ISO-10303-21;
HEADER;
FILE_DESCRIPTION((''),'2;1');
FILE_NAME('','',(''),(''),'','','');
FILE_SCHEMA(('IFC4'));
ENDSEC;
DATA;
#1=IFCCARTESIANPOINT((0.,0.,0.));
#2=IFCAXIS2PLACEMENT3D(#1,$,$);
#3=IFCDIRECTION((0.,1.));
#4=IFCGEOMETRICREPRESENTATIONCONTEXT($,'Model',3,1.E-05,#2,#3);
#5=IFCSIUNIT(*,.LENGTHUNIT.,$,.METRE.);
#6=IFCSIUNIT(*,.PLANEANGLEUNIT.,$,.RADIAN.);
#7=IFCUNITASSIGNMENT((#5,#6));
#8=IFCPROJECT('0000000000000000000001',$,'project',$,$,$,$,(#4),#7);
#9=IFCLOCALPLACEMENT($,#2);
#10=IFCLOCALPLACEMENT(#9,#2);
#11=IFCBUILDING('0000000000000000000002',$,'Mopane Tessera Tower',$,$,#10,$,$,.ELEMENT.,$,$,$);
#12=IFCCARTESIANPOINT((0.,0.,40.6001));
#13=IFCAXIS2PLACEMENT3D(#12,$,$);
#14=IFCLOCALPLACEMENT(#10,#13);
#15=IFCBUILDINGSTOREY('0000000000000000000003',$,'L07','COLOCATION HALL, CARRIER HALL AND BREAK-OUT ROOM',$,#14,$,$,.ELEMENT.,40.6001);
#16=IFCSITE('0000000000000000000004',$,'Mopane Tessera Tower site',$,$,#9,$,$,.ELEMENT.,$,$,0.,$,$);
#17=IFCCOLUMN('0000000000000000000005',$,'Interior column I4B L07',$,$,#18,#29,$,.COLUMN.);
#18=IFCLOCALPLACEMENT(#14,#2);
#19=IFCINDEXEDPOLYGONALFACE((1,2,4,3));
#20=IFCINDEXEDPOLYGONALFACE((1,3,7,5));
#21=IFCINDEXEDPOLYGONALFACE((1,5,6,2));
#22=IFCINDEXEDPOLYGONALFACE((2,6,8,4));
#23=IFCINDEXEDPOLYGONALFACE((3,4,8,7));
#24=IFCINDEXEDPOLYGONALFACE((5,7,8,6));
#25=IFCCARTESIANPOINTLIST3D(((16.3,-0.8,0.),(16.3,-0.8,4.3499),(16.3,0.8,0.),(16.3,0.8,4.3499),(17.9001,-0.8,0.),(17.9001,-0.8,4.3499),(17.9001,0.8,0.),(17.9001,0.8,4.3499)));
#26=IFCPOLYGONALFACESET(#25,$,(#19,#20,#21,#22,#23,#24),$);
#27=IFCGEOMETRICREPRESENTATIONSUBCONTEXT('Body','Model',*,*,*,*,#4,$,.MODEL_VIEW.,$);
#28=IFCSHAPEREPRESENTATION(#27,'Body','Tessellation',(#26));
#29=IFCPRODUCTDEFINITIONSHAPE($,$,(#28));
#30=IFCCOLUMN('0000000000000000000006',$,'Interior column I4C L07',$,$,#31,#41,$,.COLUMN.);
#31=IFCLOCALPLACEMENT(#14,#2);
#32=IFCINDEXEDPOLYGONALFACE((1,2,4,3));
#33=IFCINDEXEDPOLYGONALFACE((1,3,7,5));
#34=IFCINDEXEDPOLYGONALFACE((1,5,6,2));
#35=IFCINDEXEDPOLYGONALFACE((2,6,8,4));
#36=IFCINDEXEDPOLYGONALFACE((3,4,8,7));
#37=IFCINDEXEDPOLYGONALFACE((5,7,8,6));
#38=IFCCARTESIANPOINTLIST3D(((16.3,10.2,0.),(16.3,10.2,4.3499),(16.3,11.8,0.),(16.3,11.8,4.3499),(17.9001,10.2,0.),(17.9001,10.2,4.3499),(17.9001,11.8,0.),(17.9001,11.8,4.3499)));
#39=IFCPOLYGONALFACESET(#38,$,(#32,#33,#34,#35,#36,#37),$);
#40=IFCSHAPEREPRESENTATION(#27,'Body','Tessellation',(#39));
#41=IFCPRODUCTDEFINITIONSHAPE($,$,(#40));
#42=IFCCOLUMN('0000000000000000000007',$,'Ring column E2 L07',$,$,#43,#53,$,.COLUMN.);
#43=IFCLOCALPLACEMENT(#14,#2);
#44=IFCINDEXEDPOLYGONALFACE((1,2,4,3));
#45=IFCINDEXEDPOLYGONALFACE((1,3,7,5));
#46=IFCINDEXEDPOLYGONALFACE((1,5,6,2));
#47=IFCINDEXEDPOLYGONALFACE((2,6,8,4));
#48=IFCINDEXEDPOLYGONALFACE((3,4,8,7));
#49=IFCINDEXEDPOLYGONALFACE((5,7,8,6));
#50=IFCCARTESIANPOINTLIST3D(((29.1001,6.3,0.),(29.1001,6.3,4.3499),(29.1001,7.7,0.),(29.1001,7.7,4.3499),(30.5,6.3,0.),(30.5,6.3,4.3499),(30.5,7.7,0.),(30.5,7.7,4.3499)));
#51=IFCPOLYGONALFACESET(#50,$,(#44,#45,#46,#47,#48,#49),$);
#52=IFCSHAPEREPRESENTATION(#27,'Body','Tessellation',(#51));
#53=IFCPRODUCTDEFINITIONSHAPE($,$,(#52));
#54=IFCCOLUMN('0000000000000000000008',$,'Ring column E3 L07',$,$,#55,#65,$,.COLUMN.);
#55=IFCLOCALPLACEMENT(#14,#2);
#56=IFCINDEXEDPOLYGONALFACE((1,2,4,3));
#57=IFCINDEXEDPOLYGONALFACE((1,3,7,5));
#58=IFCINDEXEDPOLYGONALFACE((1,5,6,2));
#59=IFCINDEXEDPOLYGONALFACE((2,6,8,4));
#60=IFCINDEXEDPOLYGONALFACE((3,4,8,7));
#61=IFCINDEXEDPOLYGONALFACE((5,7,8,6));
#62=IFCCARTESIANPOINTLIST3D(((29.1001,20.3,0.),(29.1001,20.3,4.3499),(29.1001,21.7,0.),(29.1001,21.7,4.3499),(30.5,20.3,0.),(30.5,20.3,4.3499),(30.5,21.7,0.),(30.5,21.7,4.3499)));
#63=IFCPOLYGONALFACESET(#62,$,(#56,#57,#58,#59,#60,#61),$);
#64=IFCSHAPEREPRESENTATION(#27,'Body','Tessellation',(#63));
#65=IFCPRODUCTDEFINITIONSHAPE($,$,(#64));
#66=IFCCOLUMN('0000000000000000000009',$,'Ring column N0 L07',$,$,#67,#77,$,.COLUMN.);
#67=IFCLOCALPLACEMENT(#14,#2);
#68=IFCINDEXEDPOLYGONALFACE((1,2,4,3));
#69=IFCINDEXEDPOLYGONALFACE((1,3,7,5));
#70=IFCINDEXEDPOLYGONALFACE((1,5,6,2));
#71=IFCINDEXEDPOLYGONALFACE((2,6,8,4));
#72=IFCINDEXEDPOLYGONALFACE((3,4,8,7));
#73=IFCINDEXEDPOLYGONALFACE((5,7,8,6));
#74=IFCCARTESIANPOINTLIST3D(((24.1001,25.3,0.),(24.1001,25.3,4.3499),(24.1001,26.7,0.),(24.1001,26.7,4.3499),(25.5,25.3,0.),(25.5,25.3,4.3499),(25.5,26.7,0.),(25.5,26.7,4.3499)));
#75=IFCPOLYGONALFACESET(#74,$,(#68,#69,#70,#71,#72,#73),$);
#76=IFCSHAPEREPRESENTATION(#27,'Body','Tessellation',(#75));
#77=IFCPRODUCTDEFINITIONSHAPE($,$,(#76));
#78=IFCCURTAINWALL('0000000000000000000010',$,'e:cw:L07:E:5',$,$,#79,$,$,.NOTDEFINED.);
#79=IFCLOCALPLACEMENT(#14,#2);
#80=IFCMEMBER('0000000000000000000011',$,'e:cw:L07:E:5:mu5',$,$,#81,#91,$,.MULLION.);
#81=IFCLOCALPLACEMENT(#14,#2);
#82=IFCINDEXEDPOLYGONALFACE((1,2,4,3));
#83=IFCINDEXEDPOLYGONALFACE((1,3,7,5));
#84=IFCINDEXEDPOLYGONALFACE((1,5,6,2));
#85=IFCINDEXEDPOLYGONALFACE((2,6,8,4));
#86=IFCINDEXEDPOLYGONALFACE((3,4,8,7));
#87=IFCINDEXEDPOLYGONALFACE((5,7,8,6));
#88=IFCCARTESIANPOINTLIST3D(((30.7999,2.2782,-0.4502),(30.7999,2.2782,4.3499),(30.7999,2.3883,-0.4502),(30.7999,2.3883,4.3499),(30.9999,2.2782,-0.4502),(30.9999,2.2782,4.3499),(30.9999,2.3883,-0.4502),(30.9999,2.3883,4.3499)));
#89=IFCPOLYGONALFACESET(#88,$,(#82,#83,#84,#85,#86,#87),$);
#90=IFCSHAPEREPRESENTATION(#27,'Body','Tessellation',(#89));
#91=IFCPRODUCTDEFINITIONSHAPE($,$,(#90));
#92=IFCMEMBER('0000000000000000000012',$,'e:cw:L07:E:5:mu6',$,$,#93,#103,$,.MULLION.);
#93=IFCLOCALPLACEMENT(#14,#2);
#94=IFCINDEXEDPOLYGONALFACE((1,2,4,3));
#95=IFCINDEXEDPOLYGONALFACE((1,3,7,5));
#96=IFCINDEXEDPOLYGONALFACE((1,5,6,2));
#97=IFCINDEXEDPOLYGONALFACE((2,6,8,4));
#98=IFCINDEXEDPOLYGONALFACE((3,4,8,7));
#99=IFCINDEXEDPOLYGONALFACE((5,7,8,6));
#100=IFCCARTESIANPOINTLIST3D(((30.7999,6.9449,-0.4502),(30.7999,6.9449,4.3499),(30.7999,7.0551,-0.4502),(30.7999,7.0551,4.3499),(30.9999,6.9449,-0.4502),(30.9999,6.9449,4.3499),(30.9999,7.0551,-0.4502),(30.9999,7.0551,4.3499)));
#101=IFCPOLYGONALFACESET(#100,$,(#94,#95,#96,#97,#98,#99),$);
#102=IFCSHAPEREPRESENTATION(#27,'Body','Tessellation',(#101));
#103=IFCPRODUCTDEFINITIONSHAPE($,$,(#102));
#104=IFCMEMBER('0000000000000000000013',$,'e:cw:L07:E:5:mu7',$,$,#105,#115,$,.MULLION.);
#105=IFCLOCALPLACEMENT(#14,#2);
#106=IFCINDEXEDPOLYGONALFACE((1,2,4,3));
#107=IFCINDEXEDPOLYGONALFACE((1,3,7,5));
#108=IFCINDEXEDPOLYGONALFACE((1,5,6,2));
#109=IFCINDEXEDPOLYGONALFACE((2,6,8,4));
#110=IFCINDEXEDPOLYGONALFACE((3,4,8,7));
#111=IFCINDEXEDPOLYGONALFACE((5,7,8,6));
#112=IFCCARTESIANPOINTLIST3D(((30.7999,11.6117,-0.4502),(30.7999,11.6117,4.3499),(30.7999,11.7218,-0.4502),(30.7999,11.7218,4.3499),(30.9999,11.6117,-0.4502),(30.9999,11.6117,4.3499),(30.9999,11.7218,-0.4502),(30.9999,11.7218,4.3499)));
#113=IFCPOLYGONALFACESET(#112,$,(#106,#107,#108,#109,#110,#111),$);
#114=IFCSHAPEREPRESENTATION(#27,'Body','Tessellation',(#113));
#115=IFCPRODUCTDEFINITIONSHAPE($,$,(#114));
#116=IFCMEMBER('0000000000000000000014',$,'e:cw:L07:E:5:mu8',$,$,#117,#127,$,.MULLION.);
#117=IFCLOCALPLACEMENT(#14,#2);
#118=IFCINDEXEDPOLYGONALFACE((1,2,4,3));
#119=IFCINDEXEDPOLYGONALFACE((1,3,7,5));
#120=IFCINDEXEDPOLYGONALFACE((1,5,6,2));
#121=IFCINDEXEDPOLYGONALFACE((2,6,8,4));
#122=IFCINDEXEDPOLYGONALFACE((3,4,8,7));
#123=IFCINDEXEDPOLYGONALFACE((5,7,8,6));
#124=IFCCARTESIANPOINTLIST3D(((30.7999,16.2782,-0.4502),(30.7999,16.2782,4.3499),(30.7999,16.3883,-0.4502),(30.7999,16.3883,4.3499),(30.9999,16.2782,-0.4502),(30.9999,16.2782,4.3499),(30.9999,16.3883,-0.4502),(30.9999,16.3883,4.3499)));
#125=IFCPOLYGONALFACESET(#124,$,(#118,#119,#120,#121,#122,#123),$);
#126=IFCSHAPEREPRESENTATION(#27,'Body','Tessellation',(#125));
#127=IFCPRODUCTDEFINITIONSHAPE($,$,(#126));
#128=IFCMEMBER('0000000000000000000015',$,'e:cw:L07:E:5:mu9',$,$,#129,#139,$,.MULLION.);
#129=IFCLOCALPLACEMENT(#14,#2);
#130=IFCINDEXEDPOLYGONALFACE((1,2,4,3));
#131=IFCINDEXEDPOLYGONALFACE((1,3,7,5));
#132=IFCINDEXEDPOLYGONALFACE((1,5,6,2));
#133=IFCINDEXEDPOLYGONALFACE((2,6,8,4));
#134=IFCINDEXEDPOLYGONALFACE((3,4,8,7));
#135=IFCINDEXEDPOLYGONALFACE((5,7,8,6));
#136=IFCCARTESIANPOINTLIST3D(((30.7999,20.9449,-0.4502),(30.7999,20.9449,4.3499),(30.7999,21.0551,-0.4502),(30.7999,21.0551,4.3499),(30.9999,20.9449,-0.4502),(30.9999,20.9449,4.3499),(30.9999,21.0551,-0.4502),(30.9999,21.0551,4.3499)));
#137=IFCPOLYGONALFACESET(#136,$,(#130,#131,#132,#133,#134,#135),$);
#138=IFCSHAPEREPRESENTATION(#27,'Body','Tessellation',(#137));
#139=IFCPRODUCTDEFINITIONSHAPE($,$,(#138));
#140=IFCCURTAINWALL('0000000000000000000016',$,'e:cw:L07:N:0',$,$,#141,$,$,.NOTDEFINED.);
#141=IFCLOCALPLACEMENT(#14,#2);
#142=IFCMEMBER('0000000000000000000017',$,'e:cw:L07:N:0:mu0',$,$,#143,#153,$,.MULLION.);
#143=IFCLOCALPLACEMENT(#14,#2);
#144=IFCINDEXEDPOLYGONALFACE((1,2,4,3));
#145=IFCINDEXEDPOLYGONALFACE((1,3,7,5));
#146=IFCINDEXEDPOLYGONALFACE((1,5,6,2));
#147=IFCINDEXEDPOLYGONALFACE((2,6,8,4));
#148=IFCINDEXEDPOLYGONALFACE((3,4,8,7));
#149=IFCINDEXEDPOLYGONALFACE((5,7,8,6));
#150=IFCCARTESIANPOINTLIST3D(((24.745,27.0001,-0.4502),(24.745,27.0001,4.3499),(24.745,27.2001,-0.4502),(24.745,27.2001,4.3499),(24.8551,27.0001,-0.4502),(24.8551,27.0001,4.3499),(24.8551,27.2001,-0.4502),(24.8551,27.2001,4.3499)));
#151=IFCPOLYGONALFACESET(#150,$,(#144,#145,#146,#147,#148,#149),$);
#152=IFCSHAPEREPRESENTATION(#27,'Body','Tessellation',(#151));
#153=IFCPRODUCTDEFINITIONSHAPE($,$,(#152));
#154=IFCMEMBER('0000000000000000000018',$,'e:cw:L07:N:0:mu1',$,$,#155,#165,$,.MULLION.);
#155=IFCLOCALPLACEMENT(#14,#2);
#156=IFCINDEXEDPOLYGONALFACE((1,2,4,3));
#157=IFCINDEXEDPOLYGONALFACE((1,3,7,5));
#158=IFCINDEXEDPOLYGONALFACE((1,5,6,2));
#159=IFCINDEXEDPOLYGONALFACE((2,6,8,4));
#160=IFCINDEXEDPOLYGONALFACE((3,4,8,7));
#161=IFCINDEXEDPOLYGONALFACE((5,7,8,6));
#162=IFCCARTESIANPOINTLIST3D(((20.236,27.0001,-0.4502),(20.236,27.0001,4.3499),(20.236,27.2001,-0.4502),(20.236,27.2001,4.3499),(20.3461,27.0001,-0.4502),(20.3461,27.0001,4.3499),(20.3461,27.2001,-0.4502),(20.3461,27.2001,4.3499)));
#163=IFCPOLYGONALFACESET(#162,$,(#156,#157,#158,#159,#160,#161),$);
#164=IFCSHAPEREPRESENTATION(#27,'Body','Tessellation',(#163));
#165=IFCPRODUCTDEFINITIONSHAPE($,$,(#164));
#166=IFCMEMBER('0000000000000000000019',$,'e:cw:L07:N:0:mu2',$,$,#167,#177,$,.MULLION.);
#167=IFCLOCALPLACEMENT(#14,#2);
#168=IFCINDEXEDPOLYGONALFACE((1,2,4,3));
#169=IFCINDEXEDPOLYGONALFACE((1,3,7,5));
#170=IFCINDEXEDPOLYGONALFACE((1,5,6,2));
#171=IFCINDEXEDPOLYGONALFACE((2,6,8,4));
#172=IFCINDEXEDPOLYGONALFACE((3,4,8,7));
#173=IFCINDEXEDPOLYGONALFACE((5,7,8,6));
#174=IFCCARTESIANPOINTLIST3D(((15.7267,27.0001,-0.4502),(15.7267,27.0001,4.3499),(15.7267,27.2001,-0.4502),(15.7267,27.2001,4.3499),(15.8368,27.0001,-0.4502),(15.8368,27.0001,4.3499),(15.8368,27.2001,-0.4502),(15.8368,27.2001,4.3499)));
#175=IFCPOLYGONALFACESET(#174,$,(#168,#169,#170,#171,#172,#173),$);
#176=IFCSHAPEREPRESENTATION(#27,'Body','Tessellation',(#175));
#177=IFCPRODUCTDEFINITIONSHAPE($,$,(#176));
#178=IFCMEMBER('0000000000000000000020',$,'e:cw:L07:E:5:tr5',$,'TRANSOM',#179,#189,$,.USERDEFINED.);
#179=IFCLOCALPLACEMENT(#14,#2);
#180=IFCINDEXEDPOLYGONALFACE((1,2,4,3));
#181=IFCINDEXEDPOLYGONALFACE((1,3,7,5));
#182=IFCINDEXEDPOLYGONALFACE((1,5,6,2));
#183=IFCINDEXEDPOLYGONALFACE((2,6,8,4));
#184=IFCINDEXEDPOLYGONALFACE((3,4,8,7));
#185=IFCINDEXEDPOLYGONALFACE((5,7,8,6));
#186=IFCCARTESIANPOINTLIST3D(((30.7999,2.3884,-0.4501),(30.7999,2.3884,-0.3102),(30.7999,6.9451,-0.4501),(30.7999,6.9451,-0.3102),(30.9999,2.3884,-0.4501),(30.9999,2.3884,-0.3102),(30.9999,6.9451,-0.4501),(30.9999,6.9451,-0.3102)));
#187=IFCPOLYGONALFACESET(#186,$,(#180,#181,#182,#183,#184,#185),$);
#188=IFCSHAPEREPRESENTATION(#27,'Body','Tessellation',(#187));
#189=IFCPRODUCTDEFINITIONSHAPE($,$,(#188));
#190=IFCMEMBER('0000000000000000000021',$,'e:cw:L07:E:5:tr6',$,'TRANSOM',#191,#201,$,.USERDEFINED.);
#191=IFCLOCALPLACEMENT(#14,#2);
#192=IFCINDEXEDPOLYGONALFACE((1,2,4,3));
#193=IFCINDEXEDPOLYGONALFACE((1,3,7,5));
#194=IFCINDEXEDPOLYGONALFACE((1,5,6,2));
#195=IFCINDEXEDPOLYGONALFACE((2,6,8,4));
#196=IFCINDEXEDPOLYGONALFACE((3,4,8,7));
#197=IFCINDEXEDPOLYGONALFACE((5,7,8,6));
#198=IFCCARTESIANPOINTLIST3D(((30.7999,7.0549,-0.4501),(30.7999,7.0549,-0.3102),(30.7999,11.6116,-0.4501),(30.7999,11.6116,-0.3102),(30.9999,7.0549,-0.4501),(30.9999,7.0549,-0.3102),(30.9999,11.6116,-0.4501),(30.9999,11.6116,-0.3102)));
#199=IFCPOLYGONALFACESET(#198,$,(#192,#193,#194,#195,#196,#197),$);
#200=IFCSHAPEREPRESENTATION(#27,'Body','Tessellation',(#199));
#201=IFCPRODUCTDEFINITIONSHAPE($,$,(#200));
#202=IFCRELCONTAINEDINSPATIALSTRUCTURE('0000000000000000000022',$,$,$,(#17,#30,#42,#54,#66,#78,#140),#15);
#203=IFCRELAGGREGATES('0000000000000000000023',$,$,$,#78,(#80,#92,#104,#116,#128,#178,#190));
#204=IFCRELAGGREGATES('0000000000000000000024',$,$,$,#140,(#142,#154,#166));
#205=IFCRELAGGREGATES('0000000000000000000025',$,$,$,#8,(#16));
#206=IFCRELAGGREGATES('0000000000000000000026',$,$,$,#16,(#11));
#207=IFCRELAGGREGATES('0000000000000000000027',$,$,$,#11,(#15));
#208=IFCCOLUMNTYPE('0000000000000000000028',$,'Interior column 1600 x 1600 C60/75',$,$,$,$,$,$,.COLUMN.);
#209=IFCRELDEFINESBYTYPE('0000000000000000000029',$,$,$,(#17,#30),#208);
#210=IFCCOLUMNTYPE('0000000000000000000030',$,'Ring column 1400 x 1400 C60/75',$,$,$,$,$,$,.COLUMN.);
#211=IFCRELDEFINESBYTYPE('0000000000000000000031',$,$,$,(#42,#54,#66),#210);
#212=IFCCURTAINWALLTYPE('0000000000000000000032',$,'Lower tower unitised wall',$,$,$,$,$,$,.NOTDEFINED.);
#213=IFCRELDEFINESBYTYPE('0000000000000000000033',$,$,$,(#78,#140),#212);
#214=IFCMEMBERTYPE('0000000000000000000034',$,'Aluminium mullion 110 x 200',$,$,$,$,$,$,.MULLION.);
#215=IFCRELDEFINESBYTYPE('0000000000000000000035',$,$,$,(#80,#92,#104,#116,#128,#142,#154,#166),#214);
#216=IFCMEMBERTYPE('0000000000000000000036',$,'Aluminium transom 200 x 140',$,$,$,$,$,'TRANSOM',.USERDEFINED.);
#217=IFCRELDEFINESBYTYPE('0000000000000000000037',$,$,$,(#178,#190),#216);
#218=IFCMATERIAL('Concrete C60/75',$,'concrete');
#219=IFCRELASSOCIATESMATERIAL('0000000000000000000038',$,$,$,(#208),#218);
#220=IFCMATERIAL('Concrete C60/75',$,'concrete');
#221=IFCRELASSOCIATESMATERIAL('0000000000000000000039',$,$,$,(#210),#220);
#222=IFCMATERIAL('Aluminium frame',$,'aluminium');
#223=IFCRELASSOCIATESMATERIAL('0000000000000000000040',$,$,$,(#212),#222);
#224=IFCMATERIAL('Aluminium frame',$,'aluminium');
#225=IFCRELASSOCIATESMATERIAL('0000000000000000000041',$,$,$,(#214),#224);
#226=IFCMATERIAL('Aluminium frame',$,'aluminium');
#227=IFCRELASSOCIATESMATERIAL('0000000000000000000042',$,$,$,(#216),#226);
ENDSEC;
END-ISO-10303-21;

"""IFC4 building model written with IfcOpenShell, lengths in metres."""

from ifc_helpers import new_model, si_unit, direction, frame, origin, origin_2d, place, context, subcontext, project, spatial, rectangle, extrude, material, material_profile, profile_set, type_object, element, aggregate, save


model = new_model("IFC4")

# Units and contexts
model_context = context("Model", 3, precision=1e-05, world=origin(), true_north=direction((0.0, 1.0)))
body_context = subcontext(model_context, "Body", "Model", "MODEL_VIEW")
ifc_project = project(units=[si_unit("LENGTHUNIT", "METRE"), si_unit("PLANEANGLEUNIT", "RADIAN")], contexts=[model_context])

# Site, building, storey
site_placement = place(None, origin())
site = spatial("IfcSite", under=ifc_project, at=site_placement, Name="Mopane Tessera Tower site", CompositionType="ELEMENT", RefElevation=0.0)
building_placement = place(site_placement, origin())
building = spatial("IfcBuilding", under=site, at=building_placement, Name="Mopane Tessera Tower", CompositionType="ELEMENT")
storey_placement = place(building_placement, frame((0.0, 0.0, 40.6001)))
storey = spatial("IfcBuildingStorey", under=building, at=storey_placement, Name="L07", Description="COLOCATION HALL, CARRIER HALL AND BREAK-OUT ROOM", CompositionType="ELEMENT", Elevation=40.6001)

# Columns
ifc_material_1 = material(Name="Concrete C60/75", Category="concrete")
ifc_material_profile_1 = material_profile(ifc_material_1, rectangle(XDim=1.6001, YDim=1.6001, at=origin_2d()))
ifc_profile_set_1 = profile_set([ifc_material_profile_1], Name="Concrete C60/75")
column_type_1 = type_object("IfcColumnType", Name="Interior column 1600 x 1600 C60/75", PredefinedType="COLUMN", material=ifc_profile_set_1)
for number, where, z_axis, x_axis, name in (
    (1, (17.1001, 0.0, 0.0), (0.0, 0.0, 1.0), (1.0, 0.0, 0.0), "Interior column I4B L07"),
    (2, (17.1001, 11.0, 0.0), (0.0, 0.0, 1.0), (1.0, 0.0, 0.0), "Interior column I4C L07"),
):
    element("IfcColumn", number, at=place(storey_placement, frame(where, z_axis=z_axis, x_axis=x_axis)), inside=storey, type_object=column_type_1, Name=name, PredefinedType="COLUMN", context=body_context, shape_type="SweptSolid", body=[
        extrude(rectangle(XDim=1.6001, YDim=1.6001, at=origin_2d()), origin(), (0.0, 0.0, 1.0), 4.3499),
    ])
ifc_material_2 = material(Name="Concrete C60/75", Category="concrete")
ifc_material_profile_2 = material_profile(ifc_material_2, rectangle(XDim=1.3999, YDim=1.3999, at=origin_2d()))
ifc_profile_set_2 = profile_set([ifc_material_profile_2], Name="Concrete C60/75")
column_type_2 = type_object("IfcColumnType", Name="Ring column 1400 x 1400 C60/75", PredefinedType="COLUMN", material=ifc_profile_set_2)
for number, where, z_axis, x_axis, name in (
    (3, (29.8, 7.0, 0.0), (0.0, 0.0, 1.0), (1.0, 0.0, 0.0), "Ring column E2 L07"),
    (4, (29.8, 21.0, 0.0), (0.0, 0.0, 1.0), (1.0, 0.0, 0.0), "Ring column E3 L07"),
    (5, (24.8, 26.0, 0.0), (0.0, 0.0, 1.0), (1.0, 0.0, 0.0), "Ring column N0 L07"),
):
    element("IfcColumn", number, at=place(storey_placement, frame(where, z_axis=z_axis, x_axis=x_axis)), inside=storey, type_object=column_type_2, Name=name, PredefinedType="COLUMN", context=body_context, shape_type="SweptSolid", body=[
        extrude(rectangle(XDim=1.3999, YDim=1.3999, at=origin_2d()), origin(), (0.0, 0.0, 1.0), 4.3499),
    ])

# Curtain walls, members
ifc_material_3 = material(Name="Aluminium frame", Category="aluminium")
curtain_wall_type = type_object("IfcCurtainWallType", Name="Lower tower unitised wall", PredefinedType="NOTDEFINED", material=ifc_material_3)
curtain_wall_1_placement = place(storey_placement, origin())
curtain_wall_1 = element("IfcCurtainWall", 6, at=curtain_wall_1_placement, inside=storey, type_object=curtain_wall_type, Name="e:cw:L07:E:5", PredefinedType="NOTDEFINED")
ifc_material_4 = material(Name="Aluminium frame", Category="aluminium")
ifc_material_profile_3 = material_profile(ifc_material_4, rectangle(XDim=0.1101, YDim=0.2, at=origin_2d()))
ifc_profile_set_3 = profile_set([ifc_material_profile_3], Name="Aluminium frame")
member_type_1 = type_object("IfcMemberType", Name="Aluminium mullion 110 x 200", PredefinedType="MULLION", material=ifc_profile_set_3)
member_1_placement = place(storey_placement, frame((30.8999, 2.3333, -0.4502), z_axis=(0.0, 0.0, 1.0), x_axis=(0.0, 1.0, 0.0)))
member_1 = element("IfcMember", 7, at=member_1_placement, type_object=member_type_1, Name="e:cw:L07:E:5:mu5", PredefinedType="MULLION", context=body_context, shape_type="SweptSolid", body=[
    extrude(rectangle(XDim=0.1101, YDim=0.2, at=origin_2d()), origin(), (0.0, 0.0, 1.0), 4.8),
])
member_2_placement = place(storey_placement, frame((30.8999, 7.0, -0.4502), z_axis=(0.0, 0.0, 1.0), x_axis=(0.0, 1.0, 0.0)))
member_2 = element("IfcMember", 8, at=member_2_placement, type_object=member_type_1, Name="e:cw:L07:E:5:mu6", PredefinedType="MULLION", context=body_context, shape_type="SweptSolid", body=[
    extrude(rectangle(XDim=0.1101, YDim=0.2, at=origin_2d()), origin(), (0.0, 0.0, 1.0), 4.8),
])
member_3_placement = place(storey_placement, frame((30.8999, 11.6667, -0.4502), z_axis=(0.0, 0.0, 1.0), x_axis=(0.0, 1.0, 0.0)))
member_3 = element("IfcMember", 9, at=member_3_placement, type_object=member_type_1, Name="e:cw:L07:E:5:mu7", PredefinedType="MULLION", context=body_context, shape_type="SweptSolid", body=[
    extrude(rectangle(XDim=0.1101, YDim=0.2, at=origin_2d()), origin(), (0.0, 0.0, 1.0), 4.8),
])
member_4_placement = place(storey_placement, frame((30.8999, 16.3333, -0.4502), z_axis=(0.0, 0.0, 1.0), x_axis=(0.0, 1.0, 0.0)))
member_4 = element("IfcMember", 10, at=member_4_placement, type_object=member_type_1, Name="e:cw:L07:E:5:mu8", PredefinedType="MULLION", context=body_context, shape_type="SweptSolid", body=[
    extrude(rectangle(XDim=0.1101, YDim=0.2, at=origin_2d()), origin(), (0.0, 0.0, 1.0), 4.8),
])
member_5_placement = place(storey_placement, frame((30.8999, 21.0, -0.4502), z_axis=(0.0, 0.0, 1.0), x_axis=(0.0, 1.0, 0.0)))
member_5 = element("IfcMember", 11, at=member_5_placement, type_object=member_type_1, Name="e:cw:L07:E:5:mu9", PredefinedType="MULLION", context=body_context, shape_type="SweptSolid", body=[
    extrude(rectangle(XDim=0.1101, YDim=0.2, at=origin_2d()), origin(), (0.0, 0.0, 1.0), 4.8),
])
curtain_wall_2_placement = place(storey_placement, origin())
curtain_wall_2 = element("IfcCurtainWall", 12, at=curtain_wall_2_placement, inside=storey, type_object=curtain_wall_type, Name="e:cw:L07:N:0", PredefinedType="NOTDEFINED")
member_6_placement = place(storey_placement, frame((24.8, 27.1001, -0.4502), z_axis=(0.0, 0.0, 1.0), x_axis=(-1.0, 0.0, 0.0)))
member_6 = element("IfcMember", 13, at=member_6_placement, type_object=member_type_1, Name="e:cw:L07:N:0:mu0", PredefinedType="MULLION", context=body_context, shape_type="SweptSolid", body=[
    extrude(rectangle(XDim=0.1101, YDim=0.2, at=origin_2d()), origin(), (0.0, 0.0, 1.0), 4.8),
])
member_7_placement = place(storey_placement, frame((20.291, 27.1001, -0.4502), z_axis=(0.0, 0.0, 1.0), x_axis=(-1.0, 0.0, 0.0)))
member_7 = element("IfcMember", 14, at=member_7_placement, type_object=member_type_1, Name="e:cw:L07:N:0:mu1", PredefinedType="MULLION", context=body_context, shape_type="SweptSolid", body=[
    extrude(rectangle(XDim=0.1101, YDim=0.2, at=origin_2d()), origin(), (0.0, 0.0, 1.0), 4.8),
])
member_8_placement = place(storey_placement, frame((15.7817, 27.1001, -0.4502), z_axis=(0.0, 0.0, 1.0), x_axis=(-1.0, 0.0, 0.0)))
member_8 = element("IfcMember", 15, at=member_8_placement, type_object=member_type_1, Name="e:cw:L07:N:0:mu2", PredefinedType="MULLION", context=body_context, shape_type="SweptSolid", body=[
    extrude(rectangle(XDim=0.1101, YDim=0.2, at=origin_2d()), origin(), (0.0, 0.0, 1.0), 4.8),
])

# Members
ifc_material_5 = material(Name="Aluminium frame", Category="aluminium")
ifc_material_profile_4 = material_profile(ifc_material_5, rectangle(XDim=0.2, YDim=0.1399, at=origin_2d()))
ifc_profile_set_4 = profile_set([ifc_material_profile_4], Name="Aluminium frame")
member_type_2 = type_object("IfcMemberType", Name="Aluminium transom 200 x 140", ElementType="TRANSOM", PredefinedType="USERDEFINED", material=ifc_profile_set_4)
member_9_placement = place(storey_placement, frame((30.8999, 2.3884, -0.3801), z_axis=(0.0, 1.0, 0.0), x_axis=(-1.0, 0.0, 0.0)))
member_9 = element("IfcMember", 16, at=member_9_placement, type_object=member_type_2, Name="e:cw:L07:E:5:tr5", ObjectType="TRANSOM", PredefinedType="USERDEFINED", context=body_context, shape_type="SweptSolid", body=[
    extrude(rectangle(XDim=0.2, YDim=0.1399, at=origin_2d()), origin(), (0.0, 0.0, 1.0), 4.5566),
])
member_10_placement = place(storey_placement, frame((30.8999, 7.0549, -0.3801), z_axis=(0.0, 1.0, 0.0), x_axis=(-1.0, 0.0, 0.0)))
member_10 = element("IfcMember", 17, at=member_10_placement, type_object=member_type_2, Name="e:cw:L07:E:5:tr6", ObjectType="TRANSOM", PredefinedType="USERDEFINED", context=body_context, shape_type="SweptSolid", body=[
    extrude(rectangle(XDim=0.2, YDim=0.1399, at=origin_2d()), origin(), (0.0, 0.0, 1.0), 4.5566),
])

aggregate(curtain_wall_1, [member_1, member_2, member_3, member_4, member_5, member_9, member_10])
aggregate(curtain_wall_2, [member_6, member_7, member_8])

save(model, "model.ifc")
